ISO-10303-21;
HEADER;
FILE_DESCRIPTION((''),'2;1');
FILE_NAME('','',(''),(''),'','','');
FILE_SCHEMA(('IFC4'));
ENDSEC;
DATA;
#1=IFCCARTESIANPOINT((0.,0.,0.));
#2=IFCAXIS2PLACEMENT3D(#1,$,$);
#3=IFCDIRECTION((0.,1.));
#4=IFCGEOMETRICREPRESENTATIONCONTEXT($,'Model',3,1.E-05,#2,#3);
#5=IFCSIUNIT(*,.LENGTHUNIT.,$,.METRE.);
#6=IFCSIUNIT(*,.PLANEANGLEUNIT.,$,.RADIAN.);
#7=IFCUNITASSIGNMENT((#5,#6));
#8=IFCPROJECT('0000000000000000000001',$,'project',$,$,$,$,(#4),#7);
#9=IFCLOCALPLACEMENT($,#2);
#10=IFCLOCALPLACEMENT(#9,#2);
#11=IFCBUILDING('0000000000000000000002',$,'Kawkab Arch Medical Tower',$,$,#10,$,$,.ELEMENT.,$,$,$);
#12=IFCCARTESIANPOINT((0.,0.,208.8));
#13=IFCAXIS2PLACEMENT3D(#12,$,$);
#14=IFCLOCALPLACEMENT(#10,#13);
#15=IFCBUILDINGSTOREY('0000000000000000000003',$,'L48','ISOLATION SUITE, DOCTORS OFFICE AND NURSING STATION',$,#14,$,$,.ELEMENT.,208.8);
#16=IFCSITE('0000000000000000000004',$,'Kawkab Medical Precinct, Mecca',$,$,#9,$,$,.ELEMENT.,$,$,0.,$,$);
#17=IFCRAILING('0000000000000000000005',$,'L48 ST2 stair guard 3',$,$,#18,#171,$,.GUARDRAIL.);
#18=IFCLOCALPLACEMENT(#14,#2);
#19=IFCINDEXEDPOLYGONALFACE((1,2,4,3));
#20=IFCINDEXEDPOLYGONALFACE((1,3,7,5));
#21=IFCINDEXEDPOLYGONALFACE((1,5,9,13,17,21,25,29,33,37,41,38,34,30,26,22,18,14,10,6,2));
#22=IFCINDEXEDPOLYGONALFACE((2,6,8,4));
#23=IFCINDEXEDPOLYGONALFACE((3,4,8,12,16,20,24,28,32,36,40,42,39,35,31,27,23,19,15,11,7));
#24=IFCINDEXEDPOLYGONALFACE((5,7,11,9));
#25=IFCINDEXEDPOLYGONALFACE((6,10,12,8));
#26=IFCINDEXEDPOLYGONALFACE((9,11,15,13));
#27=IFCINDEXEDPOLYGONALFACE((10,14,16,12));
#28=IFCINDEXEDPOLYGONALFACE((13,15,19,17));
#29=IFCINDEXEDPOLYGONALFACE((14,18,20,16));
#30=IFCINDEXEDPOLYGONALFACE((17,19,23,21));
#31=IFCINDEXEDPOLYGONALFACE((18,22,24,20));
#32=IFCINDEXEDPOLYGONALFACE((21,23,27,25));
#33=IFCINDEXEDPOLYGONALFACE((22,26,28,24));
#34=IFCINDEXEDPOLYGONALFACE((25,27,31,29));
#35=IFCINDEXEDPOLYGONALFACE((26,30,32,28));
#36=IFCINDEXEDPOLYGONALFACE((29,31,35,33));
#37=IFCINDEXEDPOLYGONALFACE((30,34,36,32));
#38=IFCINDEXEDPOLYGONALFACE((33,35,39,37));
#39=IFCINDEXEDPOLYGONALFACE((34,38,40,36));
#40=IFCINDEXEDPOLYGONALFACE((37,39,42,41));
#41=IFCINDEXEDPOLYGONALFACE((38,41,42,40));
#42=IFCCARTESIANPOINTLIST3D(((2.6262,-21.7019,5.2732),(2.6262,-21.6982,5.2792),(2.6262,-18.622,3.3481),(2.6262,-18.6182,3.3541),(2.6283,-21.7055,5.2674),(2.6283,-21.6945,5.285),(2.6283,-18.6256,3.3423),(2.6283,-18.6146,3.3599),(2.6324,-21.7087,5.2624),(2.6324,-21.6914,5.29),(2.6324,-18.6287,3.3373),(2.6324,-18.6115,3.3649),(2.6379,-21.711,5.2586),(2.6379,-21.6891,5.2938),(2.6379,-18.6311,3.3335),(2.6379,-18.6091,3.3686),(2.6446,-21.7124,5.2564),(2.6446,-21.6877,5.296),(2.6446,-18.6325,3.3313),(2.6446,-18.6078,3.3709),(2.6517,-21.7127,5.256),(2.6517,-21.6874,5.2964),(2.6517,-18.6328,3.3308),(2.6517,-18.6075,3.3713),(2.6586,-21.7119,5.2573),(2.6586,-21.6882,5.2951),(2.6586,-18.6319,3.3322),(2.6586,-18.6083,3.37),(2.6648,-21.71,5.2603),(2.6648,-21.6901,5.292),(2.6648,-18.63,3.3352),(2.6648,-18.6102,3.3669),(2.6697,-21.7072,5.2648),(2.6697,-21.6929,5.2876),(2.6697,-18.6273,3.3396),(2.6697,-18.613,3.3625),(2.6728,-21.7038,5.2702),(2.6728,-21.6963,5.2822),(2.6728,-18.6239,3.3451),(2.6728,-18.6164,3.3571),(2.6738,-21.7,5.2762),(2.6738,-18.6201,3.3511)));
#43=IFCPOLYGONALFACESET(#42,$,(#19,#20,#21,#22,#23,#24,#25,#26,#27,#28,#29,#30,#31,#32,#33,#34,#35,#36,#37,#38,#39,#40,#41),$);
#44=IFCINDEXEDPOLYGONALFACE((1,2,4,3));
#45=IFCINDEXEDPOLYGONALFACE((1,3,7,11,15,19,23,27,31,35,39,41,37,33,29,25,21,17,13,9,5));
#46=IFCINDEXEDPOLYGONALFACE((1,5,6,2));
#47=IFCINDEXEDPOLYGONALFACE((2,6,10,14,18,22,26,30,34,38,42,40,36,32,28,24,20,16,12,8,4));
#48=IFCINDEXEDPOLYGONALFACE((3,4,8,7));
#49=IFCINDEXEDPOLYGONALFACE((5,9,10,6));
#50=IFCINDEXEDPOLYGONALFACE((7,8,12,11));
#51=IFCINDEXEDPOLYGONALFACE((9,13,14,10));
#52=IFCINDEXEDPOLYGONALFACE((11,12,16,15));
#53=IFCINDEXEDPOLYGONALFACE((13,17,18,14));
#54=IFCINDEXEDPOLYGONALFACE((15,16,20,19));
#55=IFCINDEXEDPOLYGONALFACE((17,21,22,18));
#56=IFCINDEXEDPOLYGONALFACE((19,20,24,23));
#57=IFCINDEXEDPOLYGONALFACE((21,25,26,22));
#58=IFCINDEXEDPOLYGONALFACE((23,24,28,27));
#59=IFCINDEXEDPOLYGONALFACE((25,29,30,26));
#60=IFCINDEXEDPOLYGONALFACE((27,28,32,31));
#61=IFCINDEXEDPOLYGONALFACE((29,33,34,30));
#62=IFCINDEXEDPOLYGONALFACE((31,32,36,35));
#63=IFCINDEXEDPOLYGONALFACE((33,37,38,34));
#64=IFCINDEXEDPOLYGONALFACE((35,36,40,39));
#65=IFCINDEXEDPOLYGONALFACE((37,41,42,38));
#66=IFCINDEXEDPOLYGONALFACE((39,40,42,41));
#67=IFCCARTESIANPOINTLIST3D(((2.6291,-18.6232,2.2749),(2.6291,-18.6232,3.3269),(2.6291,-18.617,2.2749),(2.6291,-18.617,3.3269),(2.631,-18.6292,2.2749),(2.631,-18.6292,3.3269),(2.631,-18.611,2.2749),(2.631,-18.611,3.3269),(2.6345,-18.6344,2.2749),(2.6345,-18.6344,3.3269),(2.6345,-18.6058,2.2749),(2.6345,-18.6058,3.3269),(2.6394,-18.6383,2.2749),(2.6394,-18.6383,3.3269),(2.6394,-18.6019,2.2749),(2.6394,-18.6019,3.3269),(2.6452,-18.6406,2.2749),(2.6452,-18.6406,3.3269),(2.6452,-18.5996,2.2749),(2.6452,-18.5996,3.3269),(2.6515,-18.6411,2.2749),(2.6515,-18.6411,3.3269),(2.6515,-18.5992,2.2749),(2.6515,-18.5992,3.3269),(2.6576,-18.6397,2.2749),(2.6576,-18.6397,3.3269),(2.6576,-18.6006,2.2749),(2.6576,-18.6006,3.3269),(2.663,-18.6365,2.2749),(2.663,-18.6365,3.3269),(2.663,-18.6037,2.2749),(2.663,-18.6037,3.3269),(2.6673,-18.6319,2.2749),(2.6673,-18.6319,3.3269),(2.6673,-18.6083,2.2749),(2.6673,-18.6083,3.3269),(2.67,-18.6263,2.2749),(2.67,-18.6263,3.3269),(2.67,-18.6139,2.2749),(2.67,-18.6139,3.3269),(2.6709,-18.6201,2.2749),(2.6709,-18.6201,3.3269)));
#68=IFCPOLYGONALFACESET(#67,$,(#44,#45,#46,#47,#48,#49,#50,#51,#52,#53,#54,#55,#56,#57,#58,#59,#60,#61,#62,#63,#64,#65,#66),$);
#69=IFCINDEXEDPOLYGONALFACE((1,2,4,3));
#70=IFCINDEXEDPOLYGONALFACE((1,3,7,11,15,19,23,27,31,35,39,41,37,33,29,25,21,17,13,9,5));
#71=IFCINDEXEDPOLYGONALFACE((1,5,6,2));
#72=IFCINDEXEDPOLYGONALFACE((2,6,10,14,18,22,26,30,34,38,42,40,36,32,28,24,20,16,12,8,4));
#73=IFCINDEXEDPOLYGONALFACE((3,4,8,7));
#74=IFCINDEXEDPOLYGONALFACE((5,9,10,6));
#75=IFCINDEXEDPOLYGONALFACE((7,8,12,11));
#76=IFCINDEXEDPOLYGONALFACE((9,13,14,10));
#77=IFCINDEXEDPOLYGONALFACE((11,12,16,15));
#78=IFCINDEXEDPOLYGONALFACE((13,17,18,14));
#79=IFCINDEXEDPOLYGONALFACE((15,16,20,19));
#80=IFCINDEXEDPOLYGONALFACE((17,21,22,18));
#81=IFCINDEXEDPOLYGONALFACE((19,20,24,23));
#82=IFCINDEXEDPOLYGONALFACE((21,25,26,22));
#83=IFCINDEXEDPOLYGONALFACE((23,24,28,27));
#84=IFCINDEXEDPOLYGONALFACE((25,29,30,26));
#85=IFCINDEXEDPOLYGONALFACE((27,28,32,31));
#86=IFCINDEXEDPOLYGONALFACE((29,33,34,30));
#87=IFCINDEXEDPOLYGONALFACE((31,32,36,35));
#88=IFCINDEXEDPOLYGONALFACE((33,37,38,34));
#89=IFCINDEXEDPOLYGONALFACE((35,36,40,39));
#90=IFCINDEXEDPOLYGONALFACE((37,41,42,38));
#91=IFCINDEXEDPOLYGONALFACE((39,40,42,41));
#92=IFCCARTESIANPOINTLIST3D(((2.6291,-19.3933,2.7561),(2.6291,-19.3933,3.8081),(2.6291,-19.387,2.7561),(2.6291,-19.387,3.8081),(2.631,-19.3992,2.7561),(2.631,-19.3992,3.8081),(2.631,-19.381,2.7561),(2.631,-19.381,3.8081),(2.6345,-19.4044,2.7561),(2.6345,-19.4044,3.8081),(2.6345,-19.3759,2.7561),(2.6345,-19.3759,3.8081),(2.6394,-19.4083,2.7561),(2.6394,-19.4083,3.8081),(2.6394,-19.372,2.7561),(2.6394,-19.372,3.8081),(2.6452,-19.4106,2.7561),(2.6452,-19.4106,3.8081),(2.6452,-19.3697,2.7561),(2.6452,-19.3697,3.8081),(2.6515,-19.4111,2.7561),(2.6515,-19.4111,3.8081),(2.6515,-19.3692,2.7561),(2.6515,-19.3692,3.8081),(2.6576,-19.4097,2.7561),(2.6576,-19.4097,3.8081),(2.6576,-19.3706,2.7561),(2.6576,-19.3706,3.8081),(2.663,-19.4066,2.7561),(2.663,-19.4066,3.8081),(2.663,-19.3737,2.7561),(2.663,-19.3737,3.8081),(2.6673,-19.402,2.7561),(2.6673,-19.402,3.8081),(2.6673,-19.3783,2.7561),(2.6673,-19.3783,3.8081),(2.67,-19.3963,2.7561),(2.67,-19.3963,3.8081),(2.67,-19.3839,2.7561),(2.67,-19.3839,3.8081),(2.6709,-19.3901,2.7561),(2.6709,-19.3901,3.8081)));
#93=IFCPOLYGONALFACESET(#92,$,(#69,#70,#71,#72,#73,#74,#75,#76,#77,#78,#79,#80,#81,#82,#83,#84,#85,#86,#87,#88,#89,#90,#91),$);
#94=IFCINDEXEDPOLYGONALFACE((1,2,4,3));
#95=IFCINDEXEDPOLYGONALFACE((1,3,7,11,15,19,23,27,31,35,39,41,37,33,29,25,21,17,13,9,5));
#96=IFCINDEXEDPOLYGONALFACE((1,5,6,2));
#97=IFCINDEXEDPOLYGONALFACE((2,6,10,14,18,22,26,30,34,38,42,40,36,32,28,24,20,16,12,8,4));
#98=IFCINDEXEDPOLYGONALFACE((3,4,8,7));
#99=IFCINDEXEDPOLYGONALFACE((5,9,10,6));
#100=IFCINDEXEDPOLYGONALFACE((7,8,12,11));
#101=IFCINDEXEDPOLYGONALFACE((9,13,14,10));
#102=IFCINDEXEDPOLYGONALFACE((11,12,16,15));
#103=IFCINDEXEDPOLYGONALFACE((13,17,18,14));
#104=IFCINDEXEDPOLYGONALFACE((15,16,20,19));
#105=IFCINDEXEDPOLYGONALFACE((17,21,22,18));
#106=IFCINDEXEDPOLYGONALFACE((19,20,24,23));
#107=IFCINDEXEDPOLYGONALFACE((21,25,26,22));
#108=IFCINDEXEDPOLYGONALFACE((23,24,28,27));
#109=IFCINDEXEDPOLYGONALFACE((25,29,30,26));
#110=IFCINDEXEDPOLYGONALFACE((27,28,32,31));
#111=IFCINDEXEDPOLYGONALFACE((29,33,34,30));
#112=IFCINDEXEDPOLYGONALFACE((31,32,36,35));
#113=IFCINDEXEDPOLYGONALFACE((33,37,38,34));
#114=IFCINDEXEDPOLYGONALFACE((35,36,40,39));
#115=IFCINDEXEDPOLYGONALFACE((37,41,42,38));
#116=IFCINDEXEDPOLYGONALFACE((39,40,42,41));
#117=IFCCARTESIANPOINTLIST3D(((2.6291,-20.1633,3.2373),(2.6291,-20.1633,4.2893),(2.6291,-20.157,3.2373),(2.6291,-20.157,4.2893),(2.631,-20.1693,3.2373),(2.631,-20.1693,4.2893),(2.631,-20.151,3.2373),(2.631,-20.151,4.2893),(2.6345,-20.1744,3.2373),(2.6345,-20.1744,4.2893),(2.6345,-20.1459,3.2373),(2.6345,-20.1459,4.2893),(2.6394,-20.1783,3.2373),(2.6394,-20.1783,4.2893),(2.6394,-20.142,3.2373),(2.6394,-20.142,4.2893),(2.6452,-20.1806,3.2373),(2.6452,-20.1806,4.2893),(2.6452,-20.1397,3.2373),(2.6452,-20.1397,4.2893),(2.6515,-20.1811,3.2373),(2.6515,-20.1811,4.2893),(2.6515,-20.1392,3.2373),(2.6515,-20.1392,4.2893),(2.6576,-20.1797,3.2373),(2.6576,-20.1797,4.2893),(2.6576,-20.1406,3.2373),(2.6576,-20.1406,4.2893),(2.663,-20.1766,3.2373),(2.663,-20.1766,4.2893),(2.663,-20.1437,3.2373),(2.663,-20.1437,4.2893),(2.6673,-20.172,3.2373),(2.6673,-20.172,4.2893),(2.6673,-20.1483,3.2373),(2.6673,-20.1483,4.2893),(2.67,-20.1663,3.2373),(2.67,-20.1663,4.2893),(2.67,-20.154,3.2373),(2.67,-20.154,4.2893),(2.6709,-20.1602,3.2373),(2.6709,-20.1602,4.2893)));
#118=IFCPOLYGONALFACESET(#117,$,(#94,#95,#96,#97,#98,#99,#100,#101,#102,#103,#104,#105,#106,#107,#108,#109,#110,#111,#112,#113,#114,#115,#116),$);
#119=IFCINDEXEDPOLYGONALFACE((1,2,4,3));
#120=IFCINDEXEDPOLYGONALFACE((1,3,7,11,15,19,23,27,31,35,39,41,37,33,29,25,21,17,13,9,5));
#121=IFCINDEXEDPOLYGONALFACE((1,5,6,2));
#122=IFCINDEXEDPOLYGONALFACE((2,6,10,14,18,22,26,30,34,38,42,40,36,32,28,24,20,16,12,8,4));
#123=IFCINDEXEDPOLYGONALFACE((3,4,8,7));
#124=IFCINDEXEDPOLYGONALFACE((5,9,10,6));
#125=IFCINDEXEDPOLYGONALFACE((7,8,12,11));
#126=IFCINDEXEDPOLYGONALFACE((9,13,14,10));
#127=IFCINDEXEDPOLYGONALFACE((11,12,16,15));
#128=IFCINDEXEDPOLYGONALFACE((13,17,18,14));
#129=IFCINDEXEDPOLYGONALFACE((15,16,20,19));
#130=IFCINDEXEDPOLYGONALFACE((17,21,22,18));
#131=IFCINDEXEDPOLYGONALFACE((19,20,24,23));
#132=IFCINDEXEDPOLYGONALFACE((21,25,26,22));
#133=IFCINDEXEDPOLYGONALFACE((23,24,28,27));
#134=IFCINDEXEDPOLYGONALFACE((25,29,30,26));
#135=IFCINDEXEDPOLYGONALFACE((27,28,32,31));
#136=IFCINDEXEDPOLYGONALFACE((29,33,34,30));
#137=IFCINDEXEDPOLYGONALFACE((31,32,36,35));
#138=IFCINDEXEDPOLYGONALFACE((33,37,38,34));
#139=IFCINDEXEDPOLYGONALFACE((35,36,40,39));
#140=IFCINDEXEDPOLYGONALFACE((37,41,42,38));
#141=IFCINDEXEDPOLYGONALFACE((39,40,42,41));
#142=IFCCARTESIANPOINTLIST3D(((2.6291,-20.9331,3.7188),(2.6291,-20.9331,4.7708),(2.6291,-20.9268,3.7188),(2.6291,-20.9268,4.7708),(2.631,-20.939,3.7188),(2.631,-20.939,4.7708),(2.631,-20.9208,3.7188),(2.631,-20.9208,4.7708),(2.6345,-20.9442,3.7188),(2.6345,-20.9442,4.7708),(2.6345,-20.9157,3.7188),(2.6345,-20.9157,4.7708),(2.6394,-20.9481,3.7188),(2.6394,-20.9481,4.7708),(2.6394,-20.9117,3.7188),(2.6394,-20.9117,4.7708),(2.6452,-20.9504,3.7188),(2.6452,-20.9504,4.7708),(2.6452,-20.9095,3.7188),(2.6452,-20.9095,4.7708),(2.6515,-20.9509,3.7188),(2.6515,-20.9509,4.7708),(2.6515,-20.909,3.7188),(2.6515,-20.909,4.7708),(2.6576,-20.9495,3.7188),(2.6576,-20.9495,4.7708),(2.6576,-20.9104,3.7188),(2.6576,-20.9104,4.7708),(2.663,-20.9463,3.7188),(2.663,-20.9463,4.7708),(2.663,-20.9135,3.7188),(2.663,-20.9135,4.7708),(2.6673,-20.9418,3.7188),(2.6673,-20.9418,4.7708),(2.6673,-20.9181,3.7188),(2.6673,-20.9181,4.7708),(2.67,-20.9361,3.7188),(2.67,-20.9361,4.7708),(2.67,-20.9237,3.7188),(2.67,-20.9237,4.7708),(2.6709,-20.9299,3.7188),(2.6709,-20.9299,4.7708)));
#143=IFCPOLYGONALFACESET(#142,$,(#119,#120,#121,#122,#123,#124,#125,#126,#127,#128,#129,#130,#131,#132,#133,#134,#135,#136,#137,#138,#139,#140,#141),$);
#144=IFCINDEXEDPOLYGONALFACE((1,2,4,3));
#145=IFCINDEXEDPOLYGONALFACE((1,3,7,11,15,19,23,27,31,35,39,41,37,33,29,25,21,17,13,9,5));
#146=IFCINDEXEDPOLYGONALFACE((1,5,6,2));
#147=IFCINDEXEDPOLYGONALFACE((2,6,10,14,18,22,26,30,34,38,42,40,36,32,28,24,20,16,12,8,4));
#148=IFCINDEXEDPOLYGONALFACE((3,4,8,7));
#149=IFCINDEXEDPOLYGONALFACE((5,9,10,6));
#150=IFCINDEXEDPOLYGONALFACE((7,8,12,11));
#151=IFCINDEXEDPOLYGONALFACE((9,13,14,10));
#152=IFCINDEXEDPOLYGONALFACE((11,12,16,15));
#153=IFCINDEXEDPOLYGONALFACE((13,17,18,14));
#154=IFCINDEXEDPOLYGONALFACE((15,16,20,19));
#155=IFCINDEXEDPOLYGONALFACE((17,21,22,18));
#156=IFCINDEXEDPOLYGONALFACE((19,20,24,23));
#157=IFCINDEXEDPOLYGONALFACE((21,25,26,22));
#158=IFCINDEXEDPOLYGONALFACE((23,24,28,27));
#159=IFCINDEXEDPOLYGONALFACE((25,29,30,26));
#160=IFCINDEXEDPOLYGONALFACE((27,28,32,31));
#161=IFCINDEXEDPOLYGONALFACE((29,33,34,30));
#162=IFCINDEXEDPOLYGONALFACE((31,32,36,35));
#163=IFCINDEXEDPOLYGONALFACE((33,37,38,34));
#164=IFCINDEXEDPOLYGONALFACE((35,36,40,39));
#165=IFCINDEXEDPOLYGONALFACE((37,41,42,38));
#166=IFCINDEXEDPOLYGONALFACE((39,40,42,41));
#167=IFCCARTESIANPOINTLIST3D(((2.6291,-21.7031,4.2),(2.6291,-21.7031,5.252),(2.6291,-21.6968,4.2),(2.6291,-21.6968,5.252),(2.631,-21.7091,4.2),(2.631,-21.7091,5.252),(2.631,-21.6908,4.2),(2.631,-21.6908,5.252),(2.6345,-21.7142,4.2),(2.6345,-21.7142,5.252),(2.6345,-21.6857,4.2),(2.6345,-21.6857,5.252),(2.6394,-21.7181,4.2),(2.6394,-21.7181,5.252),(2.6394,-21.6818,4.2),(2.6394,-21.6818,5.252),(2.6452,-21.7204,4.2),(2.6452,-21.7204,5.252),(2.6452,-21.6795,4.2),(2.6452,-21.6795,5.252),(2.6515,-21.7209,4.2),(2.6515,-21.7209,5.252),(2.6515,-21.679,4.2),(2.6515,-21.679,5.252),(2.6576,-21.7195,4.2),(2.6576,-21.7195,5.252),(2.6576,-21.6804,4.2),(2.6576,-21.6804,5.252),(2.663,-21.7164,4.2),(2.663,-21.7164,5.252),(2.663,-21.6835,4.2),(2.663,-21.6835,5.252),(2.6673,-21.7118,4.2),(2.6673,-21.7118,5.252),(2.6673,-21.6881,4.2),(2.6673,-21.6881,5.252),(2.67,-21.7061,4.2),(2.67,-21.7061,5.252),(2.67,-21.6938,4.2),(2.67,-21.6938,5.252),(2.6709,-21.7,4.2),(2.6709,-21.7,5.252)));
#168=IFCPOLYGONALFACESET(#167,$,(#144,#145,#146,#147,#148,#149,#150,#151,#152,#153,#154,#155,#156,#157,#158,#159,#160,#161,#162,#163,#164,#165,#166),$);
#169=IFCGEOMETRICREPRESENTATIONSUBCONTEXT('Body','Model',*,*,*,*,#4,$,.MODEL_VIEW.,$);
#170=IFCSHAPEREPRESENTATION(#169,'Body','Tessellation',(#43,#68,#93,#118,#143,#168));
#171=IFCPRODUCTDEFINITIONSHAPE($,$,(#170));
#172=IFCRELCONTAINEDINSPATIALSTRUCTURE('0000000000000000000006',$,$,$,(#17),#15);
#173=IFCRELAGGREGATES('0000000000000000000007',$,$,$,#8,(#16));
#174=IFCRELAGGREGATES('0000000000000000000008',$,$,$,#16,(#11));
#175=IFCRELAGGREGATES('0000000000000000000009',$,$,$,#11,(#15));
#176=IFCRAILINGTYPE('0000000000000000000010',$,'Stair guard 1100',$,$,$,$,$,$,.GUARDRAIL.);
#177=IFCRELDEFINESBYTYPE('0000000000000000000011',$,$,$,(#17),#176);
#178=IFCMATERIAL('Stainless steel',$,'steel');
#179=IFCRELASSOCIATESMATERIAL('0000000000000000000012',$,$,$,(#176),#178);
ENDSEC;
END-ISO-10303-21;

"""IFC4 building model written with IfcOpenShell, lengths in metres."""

from ifc_helpers import new_model, si_unit, direction, frame, origin, origin_2d, place, context, subcontext, project, spatial, circle, extrude, material, type_object, element, save


model = new_model("IFC4")

# Units and contexts
model_context = context("Model", 3, precision=1e-05, world=origin(), true_north=direction((0.0, 1.0)))
body_context = subcontext(model_context, "Body", "Model", "MODEL_VIEW")
ifc_project = project(units=[si_unit("LENGTHUNIT", "METRE"), si_unit("PLANEANGLEUNIT", "RADIAN")], contexts=[model_context])

# Site, building, storey
site_placement = place(None, origin())
site = spatial("IfcSite", under=ifc_project, at=site_placement, Name="Kawkab Medical Precinct, Mecca", CompositionType="ELEMENT", RefElevation=0.0)
building_placement = place(site_placement, origin())
building = spatial("IfcBuilding", under=site, at=building_placement, Name="Kawkab Arch Medical Tower", CompositionType="ELEMENT")
storey_placement = place(building_placement, frame((0.0, 0.0, 208.8)))
storey = spatial("IfcBuildingStorey", under=building, at=storey_placement, Name="L48", Description="ISOLATION SUITE, DOCTORS OFFICE AND NURSING STATION", CompositionType="ELEMENT", Elevation=208.8)

# Railing
ifc_material_1 = material(Name="Stainless steel", Category="steel")
railing_type_1 = type_object("IfcRailingType", Name="Stair guard 1100", PredefinedType="GUARDRAIL", material=ifc_material_1)
railing_1_placement = place(storey_placement, frame((2.6499, -18.6201, 2.2749)))
element("IfcRailing", 1, at=railing_1_placement, inside=storey, type_object=railing_type_1, Name="L48 ST2 stair guard 3", PredefinedType="GUARDRAIL", context=body_context, shape_type="SweptSolid", body=[
    extrude(circle(Radius=0.0239, at=origin_2d()), frame((0.0, 0.0, 1.0762), z_axis=(0.0, -0.847979, 0.530029), x_axis=(1.0, 0.0, 0.0)), (0.0, 0.0, 1.0), 3.6321),
    extrude(circle(Radius=0.021, at=origin_2d()), origin(), (0.0, 0.0, 1.0), 1.052),
    extrude(circle(Radius=0.021, at=origin_2d()), frame((0.0, -0.77, 0.4812)), (0.0, 0.0, 1.0), 1.052),
    extrude(circle(Radius=0.021, at=origin_2d()), frame((0.0, -1.54, 0.9624)), (0.0, 0.0, 1.0), 1.052),
    extrude(circle(Radius=0.021, at=origin_2d()), frame((0.0, -2.3098, 1.4438)), (0.0, 0.0, 1.0), 1.052),
    extrude(circle(Radius=0.021, at=origin_2d()), frame((0.0, -3.0798, 1.925)), (0.0, 0.0, 1.0), 1.052),
])

save(model, "model.ifc")
